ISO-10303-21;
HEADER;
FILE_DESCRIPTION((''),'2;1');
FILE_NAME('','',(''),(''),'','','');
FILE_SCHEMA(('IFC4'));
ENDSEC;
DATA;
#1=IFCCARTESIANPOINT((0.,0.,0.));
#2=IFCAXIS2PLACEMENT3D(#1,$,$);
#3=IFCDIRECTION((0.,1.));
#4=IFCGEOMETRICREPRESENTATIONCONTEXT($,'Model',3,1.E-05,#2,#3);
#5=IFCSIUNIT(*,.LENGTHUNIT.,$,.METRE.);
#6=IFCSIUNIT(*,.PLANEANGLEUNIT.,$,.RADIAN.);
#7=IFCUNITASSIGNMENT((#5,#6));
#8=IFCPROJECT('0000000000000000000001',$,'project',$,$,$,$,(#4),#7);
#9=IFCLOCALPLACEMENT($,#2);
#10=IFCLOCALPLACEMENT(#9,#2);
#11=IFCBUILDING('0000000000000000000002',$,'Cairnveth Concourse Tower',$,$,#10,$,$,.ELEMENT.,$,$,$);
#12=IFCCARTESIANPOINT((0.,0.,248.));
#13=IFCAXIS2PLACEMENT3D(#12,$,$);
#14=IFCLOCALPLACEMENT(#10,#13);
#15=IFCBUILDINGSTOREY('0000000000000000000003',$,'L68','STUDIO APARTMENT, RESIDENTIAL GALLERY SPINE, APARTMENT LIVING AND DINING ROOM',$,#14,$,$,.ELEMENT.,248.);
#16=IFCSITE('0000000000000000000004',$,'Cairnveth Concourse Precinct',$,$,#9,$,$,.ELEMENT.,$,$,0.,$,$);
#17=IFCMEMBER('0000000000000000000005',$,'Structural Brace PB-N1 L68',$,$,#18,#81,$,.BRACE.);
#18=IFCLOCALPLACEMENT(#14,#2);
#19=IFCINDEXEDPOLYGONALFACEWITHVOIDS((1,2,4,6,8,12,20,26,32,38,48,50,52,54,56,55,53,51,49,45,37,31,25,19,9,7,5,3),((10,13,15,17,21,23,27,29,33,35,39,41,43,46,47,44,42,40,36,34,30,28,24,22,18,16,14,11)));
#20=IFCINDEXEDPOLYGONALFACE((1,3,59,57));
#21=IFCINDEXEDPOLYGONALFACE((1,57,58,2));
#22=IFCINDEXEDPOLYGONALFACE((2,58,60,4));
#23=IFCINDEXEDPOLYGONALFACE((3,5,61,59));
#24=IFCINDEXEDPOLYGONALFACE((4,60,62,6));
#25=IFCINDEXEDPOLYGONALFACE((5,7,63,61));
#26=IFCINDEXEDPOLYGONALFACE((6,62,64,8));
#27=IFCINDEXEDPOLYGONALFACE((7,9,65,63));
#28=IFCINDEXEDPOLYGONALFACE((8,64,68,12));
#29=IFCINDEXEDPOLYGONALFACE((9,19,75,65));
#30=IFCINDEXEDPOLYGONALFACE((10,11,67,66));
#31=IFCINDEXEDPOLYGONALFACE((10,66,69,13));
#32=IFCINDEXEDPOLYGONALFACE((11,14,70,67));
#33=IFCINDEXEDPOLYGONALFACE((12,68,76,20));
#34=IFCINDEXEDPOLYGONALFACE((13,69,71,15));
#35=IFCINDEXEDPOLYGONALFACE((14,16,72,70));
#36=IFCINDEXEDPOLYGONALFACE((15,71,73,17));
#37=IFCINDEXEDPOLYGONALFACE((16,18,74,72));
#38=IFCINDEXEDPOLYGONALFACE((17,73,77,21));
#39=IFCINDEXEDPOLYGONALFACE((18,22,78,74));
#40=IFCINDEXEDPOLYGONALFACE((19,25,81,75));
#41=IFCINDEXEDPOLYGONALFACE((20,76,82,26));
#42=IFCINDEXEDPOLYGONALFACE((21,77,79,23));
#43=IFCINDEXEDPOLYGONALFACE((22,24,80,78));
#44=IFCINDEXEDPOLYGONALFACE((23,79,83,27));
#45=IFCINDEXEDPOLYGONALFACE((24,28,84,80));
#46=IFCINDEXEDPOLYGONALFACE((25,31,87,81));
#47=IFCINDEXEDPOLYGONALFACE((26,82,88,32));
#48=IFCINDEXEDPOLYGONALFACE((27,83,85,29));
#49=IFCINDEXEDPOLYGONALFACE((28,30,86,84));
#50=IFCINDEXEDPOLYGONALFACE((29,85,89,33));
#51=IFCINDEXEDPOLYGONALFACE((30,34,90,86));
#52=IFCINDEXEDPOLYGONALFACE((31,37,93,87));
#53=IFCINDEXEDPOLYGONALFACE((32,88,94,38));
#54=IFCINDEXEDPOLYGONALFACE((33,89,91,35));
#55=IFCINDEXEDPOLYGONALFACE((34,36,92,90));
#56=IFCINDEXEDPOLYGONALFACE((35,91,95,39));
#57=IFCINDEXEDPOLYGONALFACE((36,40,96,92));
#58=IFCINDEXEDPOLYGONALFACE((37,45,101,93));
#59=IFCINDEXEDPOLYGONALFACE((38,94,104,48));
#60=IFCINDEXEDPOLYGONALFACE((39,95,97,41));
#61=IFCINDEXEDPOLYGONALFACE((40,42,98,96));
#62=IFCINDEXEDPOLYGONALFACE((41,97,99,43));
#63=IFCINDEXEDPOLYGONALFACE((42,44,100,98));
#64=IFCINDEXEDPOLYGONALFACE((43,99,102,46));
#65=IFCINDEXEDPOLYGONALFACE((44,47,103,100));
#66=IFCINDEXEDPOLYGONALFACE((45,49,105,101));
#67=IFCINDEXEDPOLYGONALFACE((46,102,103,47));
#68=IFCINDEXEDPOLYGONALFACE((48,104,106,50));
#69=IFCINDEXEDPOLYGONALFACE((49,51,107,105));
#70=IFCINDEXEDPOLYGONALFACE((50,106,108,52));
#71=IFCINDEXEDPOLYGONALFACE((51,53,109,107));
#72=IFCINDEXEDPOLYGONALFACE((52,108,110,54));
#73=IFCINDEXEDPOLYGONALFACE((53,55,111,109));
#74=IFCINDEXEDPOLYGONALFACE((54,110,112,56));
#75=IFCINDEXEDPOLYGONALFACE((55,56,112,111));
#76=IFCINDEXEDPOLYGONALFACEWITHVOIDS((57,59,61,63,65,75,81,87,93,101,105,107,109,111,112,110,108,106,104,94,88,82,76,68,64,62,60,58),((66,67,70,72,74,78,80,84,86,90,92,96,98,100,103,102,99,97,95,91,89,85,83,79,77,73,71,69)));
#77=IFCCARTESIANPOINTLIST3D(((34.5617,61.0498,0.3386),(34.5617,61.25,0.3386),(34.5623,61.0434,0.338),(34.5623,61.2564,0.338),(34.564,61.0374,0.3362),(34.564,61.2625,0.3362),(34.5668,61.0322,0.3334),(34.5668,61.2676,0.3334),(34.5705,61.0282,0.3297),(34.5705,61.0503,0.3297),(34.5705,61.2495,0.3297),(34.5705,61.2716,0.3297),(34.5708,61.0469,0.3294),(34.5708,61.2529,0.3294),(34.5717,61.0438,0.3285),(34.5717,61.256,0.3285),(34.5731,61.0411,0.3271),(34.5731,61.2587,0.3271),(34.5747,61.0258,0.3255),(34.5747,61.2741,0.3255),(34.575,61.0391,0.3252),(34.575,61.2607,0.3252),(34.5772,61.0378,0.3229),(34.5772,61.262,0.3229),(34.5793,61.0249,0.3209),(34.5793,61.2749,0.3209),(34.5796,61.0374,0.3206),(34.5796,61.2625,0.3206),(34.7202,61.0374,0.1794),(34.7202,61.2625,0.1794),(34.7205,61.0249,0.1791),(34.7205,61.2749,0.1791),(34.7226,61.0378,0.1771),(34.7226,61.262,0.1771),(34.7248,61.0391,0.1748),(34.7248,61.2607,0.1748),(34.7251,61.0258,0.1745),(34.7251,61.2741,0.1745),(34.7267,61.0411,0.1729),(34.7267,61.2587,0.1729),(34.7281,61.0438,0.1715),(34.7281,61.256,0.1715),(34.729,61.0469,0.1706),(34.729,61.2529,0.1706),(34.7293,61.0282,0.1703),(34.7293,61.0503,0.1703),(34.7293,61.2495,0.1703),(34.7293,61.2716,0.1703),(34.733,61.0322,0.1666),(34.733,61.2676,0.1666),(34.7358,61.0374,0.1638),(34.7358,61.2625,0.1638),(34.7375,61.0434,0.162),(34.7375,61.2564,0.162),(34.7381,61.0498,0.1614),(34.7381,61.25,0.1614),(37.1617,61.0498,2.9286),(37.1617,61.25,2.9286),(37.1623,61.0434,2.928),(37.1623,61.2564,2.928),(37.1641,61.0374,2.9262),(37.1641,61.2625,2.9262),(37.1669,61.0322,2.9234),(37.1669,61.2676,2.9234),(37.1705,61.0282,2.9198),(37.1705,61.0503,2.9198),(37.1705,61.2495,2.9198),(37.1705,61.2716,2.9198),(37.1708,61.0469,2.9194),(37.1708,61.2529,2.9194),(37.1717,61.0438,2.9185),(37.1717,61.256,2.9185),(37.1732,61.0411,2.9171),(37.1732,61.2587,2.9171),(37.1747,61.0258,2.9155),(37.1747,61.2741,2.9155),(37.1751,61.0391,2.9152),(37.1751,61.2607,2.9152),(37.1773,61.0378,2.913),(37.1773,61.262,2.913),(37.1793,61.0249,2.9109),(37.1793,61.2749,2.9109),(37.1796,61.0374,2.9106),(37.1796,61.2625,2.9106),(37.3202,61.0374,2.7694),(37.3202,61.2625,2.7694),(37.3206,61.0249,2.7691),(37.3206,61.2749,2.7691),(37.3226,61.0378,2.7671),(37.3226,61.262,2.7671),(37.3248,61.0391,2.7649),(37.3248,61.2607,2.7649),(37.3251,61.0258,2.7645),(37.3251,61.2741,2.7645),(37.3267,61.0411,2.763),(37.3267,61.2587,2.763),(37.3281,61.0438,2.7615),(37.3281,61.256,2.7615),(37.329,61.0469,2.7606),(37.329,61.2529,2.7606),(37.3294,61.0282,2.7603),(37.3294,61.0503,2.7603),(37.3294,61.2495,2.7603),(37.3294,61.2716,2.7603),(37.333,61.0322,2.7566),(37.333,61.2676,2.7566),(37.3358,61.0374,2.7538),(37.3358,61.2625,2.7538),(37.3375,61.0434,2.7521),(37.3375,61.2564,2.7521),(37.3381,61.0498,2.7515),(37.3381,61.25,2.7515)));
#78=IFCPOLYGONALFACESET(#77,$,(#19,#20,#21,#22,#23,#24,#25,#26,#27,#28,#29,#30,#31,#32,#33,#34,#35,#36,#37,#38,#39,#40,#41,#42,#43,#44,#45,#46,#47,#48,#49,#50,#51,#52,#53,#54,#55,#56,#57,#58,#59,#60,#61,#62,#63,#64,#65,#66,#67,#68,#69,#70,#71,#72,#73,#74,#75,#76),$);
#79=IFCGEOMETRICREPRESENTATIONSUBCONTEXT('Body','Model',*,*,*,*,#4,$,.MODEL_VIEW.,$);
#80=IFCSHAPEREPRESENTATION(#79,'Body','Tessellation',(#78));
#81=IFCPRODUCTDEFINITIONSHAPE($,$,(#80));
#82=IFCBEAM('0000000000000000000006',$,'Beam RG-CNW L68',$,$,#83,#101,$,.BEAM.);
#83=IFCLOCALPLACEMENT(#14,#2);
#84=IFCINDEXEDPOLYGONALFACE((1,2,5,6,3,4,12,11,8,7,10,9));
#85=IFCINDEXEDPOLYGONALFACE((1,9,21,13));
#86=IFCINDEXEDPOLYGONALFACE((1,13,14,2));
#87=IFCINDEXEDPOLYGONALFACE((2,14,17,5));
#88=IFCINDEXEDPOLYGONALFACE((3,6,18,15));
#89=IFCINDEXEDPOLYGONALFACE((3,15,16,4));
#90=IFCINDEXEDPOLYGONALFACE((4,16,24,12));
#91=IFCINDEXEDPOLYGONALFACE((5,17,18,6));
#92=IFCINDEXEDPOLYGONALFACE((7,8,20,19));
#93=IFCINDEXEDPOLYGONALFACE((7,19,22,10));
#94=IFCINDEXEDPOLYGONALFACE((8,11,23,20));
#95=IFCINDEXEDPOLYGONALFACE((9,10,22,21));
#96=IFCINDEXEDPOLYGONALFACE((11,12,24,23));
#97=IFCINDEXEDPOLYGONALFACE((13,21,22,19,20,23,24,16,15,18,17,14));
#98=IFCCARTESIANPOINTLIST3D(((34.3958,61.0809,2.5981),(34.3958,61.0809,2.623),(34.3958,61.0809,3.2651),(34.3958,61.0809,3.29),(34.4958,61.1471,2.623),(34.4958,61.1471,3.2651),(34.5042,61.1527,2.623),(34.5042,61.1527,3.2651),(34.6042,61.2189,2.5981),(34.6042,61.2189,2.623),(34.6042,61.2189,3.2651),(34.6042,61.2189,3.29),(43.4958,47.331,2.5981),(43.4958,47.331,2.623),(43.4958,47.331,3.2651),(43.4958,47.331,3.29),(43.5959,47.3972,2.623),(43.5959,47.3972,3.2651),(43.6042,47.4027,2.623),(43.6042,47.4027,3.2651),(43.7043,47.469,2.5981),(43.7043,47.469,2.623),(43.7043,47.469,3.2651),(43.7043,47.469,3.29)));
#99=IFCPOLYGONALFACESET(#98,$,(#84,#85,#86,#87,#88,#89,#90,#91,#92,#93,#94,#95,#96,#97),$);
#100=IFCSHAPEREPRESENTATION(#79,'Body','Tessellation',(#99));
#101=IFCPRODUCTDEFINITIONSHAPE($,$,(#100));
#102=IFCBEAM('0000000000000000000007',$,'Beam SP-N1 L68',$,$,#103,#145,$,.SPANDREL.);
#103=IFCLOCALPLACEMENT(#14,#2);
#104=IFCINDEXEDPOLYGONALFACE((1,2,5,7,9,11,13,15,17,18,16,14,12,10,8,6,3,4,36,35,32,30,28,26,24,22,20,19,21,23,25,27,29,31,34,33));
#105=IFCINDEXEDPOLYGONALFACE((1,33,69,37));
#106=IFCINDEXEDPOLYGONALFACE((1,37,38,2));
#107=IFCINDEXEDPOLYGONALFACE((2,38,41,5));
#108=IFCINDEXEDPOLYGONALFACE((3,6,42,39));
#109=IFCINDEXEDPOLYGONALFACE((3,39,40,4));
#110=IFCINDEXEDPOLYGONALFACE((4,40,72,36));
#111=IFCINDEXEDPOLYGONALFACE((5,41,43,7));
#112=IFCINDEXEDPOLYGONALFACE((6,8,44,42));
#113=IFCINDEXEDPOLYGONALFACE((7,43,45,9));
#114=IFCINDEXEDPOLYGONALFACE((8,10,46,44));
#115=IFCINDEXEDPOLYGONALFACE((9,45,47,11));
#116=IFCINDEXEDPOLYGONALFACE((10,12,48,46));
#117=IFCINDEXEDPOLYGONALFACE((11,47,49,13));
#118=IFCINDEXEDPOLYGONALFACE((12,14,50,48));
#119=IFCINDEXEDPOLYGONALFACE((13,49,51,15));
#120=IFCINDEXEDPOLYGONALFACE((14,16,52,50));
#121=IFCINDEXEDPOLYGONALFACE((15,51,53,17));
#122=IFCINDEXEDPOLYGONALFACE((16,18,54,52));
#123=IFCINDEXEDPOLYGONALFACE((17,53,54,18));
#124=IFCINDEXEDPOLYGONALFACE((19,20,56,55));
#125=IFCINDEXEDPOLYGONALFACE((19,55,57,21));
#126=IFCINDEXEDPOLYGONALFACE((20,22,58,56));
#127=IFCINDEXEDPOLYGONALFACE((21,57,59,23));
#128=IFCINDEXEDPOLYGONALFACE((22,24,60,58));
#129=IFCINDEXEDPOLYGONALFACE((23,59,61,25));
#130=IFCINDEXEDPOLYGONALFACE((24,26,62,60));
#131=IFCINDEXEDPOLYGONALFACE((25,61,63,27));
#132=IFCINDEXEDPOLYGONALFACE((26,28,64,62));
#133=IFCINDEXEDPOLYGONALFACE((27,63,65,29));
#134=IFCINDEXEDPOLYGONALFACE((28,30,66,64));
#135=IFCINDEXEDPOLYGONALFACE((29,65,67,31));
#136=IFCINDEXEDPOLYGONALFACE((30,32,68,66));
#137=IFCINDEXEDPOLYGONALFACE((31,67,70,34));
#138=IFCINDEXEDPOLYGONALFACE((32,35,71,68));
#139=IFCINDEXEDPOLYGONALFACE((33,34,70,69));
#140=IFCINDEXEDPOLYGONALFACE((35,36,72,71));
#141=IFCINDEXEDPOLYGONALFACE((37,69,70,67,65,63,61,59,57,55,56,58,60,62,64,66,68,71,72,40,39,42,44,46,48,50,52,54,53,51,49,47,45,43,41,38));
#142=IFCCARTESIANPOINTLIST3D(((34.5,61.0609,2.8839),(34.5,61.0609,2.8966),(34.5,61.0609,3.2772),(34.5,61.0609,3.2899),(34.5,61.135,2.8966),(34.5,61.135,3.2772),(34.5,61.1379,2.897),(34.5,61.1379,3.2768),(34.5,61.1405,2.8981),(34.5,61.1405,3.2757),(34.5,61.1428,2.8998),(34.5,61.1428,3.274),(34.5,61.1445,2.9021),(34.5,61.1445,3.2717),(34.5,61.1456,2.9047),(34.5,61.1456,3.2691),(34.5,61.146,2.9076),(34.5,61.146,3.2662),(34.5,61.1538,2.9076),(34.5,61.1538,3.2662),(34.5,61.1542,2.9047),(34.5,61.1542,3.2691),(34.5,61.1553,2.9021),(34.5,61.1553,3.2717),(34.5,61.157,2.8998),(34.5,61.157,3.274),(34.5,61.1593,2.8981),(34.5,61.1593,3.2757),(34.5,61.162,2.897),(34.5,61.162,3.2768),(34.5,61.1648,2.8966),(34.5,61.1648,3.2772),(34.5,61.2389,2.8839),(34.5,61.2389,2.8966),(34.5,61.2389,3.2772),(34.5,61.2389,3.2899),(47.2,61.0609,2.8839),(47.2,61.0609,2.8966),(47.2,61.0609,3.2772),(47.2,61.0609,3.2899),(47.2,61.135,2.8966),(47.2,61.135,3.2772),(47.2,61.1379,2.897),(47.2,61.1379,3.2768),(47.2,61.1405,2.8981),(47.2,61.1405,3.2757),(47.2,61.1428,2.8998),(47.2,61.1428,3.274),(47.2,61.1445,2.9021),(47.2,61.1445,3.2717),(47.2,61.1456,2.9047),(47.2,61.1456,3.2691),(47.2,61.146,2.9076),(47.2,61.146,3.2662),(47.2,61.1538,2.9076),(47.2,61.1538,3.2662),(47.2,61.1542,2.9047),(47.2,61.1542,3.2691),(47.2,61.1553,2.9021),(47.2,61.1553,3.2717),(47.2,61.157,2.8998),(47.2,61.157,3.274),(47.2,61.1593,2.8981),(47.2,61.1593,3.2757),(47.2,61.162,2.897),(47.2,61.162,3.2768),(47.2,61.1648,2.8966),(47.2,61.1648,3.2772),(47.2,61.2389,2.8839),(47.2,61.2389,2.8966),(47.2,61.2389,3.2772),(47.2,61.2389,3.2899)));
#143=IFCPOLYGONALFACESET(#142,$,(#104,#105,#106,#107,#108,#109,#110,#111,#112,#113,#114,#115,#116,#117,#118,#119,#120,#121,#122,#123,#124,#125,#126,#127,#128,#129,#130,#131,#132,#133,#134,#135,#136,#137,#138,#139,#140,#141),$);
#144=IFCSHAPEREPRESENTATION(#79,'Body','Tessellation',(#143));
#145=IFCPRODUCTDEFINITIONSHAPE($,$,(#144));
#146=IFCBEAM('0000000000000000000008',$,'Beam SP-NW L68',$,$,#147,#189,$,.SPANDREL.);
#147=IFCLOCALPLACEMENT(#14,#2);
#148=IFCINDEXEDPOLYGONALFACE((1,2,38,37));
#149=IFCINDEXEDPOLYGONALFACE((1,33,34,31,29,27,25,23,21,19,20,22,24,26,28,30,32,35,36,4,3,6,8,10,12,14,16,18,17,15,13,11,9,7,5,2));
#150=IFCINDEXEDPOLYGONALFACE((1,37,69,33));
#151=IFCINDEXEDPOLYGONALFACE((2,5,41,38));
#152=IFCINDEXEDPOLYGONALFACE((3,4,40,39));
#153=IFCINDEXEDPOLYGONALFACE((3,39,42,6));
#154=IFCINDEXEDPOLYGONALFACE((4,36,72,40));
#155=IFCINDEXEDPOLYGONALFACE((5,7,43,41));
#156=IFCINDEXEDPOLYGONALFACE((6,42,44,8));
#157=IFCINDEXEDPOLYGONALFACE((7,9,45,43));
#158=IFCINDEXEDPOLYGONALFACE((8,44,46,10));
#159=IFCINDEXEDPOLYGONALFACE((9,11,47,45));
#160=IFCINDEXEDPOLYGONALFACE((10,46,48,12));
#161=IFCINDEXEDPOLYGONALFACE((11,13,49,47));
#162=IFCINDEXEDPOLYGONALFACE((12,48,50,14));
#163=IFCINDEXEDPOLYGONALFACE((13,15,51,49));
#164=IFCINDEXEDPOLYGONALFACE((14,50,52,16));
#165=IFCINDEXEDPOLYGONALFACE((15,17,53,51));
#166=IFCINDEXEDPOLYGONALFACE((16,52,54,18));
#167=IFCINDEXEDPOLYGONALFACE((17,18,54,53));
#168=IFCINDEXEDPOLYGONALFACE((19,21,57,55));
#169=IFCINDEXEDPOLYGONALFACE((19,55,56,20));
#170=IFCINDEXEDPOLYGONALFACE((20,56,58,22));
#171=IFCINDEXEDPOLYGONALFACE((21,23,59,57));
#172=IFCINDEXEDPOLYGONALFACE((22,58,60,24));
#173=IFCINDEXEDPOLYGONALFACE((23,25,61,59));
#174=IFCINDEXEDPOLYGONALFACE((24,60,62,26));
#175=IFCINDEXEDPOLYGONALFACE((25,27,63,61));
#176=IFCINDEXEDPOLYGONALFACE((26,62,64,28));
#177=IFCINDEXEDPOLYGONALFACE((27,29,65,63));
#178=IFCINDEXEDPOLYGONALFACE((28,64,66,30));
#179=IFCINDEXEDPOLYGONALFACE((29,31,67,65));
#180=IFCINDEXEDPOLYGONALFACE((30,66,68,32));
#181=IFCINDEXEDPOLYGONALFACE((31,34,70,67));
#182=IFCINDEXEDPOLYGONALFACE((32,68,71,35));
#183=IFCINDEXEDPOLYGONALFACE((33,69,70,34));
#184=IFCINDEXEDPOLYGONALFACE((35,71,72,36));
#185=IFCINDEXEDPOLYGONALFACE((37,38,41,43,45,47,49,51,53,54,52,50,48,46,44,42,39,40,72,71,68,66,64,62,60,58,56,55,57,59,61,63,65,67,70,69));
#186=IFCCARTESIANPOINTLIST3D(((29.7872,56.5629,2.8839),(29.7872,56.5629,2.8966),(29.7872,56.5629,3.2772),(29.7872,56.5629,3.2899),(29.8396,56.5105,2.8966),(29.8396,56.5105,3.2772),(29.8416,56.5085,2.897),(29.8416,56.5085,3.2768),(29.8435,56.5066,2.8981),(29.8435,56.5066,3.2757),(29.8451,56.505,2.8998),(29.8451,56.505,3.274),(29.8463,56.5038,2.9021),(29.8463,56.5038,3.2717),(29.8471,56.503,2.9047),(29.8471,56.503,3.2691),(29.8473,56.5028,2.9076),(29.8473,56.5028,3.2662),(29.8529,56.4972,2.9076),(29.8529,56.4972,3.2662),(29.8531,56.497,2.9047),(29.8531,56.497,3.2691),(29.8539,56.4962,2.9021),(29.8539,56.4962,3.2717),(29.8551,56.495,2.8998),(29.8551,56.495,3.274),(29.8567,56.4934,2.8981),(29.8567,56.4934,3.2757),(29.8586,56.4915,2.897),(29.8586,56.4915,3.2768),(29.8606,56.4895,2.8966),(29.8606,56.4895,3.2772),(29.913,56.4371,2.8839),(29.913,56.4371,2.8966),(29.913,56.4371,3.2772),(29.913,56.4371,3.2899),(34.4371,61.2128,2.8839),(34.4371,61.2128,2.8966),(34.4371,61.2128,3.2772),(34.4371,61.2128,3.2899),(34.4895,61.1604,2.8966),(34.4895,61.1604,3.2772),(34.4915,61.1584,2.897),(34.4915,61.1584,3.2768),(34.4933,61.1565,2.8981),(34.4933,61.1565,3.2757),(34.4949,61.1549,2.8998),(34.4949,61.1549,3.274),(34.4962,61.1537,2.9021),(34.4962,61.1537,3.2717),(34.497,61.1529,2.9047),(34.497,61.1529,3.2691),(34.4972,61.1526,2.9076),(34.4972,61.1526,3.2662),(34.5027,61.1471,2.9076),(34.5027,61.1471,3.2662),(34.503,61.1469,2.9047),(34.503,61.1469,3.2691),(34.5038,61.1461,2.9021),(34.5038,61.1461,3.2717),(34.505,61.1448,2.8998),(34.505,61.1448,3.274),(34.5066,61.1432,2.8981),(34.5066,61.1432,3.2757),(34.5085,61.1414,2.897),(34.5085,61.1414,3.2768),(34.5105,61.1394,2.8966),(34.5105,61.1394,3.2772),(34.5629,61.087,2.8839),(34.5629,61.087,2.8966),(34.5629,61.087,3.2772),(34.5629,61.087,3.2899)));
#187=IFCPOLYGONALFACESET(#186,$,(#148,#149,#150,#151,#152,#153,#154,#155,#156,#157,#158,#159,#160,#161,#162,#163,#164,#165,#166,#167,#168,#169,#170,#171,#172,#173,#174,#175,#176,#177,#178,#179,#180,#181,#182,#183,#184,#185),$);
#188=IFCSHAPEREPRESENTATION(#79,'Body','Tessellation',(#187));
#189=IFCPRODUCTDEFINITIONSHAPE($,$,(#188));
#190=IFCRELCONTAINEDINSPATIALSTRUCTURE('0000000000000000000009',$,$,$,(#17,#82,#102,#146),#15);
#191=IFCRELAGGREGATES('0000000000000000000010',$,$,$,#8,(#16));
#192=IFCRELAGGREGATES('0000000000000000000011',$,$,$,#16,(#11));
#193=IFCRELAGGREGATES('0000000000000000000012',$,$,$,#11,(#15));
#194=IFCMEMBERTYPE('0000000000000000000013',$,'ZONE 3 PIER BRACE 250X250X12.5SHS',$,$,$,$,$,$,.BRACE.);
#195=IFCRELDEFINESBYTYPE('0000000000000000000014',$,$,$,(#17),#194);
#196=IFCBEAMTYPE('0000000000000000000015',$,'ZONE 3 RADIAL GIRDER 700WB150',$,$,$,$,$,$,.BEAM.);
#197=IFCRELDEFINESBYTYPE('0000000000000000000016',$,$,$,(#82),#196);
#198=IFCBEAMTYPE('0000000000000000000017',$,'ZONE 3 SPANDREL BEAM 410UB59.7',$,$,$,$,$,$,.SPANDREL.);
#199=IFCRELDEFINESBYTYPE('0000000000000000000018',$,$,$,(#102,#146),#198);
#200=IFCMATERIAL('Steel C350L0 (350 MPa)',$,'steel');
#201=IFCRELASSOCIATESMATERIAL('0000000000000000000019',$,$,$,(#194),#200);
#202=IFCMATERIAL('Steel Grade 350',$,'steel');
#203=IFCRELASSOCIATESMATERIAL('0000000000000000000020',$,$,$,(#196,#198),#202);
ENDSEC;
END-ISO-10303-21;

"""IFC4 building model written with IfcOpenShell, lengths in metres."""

from ifc_helpers import new_model, si_unit, direction, frame, origin, origin_2d, place, context, subcontext, project, spatial, hollow_rectangle, i_section, extrude, material, material_profile, profile_set, type_object, element, save


model = new_model("IFC4")

# Units and contexts
model_context = context("Model", 3, precision=1e-05, world=origin(), true_north=direction((0.0, 1.0)))
body_context = subcontext(model_context, "Body", "Model", "MODEL_VIEW")
ifc_project = project(units=[si_unit("LENGTHUNIT", "METRE"), si_unit("PLANEANGLEUNIT", "RADIAN")], contexts=[model_context])

# Site, building, storey
site_placement = place(None, origin())
site = spatial("IfcSite", under=ifc_project, at=site_placement, Name="Cairnveth Concourse Precinct", CompositionType="ELEMENT", RefElevation=0.0)
building_placement = place(site_placement, origin())
building = spatial("IfcBuilding", under=site, at=building_placement, Name="Cairnveth Concourse Tower", CompositionType="ELEMENT")
storey_placement = place(building_placement, frame((0.0, 0.0, 248.0)))
storey = spatial("IfcBuildingStorey", under=building, at=storey_placement, Name="L68", Description="STUDIO APARTMENT, RESIDENTIAL GALLERY SPINE, APARTMENT LIVING AND DINING ROOM", CompositionType="ELEMENT", Elevation=248.0)

# Shared definitions
ifc_material_1 = material(Name="Steel Grade 350", Category="steel")

# Member
ifc_material_2 = material(Name="Steel C350L0 (350 MPa)", Category="steel")
ifc_material_profile_1 = material_profile(ifc_material_2, hollow_rectangle(XDim=0.25, YDim=0.25, WallThickness=0.0125, InnerFilletRadius=0.0129, OuterFilletRadius=0.0249, at=origin_2d()), Name="250x250x12.5SHS")
ifc_profile_set_1 = profile_set([ifc_material_profile_1], Name="Steel C350L0 (350 MPa)")
member_type = type_object("IfcMemberType", Name="ZONE 3 PIER BRACE 250X250X12.5SHS", PredefinedType="BRACE", material=ifc_profile_set_1)
member_placement = place(storey_placement, frame((34.6499, 61.1499, 0.25), z_axis=(0.708469, 0.0, 0.705742), x_axis=(0.0, 1.0, 0.0)))
element("IfcMember", 1, at=member_placement, inside=storey, type_object=member_type, Name="Structural Brace PB-N1 L68", PredefinedType="BRACE", context=body_context, shape_type="SweptSolid", body=[
    extrude(hollow_rectangle(XDim=0.25, YDim=0.25, WallThickness=0.0125, InnerFilletRadius=0.0129, OuterFilletRadius=0.0249, at=origin_2d()), origin(), (0.0, 0.0, 1.0), 3.6699),
])

# Beams
ifc_material_profile_2 = material_profile(ifc_material_1, i_section(OverallWidth=0.25, OverallDepth=0.6919, WebThickness=0.01, FlangeThickness=0.0249, at=origin_2d()), Name="700WB150")
ifc_profile_set_2 = profile_set([ifc_material_profile_2], Name="Steel Grade 350")
beam_type_1 = type_object("IfcBeamType", Name="ZONE 3 RADIAL GIRDER 700WB150", PredefinedType="BEAM", material=ifc_profile_set_2)
beam_1_placement = place(storey_placement, frame((34.5, 61.1499, 2.9441), z_axis=(0.551902, -0.833909, 0.0), x_axis=(0.833909, 0.551902, 0.0)))
element("IfcBeam", 2, at=beam_1_placement, inside=storey, type_object=beam_type_1, Name="Beam RG-CNW L68", PredefinedType="BEAM", context=body_context, shape_type="SweptSolid", body=[
    extrude(i_section(OverallWidth=0.25, OverallDepth=0.6919, WebThickness=0.01, FlangeThickness=0.0249, at=origin_2d()), origin(), (0.0, 0.0, 1.0), 16.4885),
])
ifc_material_profile_3 = material_profile(ifc_material_1, i_section(OverallWidth=0.178, OverallDepth=0.406, WebThickness=0.0078, FlangeThickness=0.0127, FilletRadius=0.011, at=origin_2d()), Name="410UB59.7")
ifc_profile_set_3 = profile_set([ifc_material_profile_3], Name="Steel Grade 350")
beam_type_2 = type_object("IfcBeamType", Name="ZONE 3 SPANDREL BEAM 410UB59.7", PredefinedType="SPANDREL", material=ifc_profile_set_3)
beam_2_placement = place(storey_placement, frame((34.5, 61.1499, 3.0869), z_axis=(1.0, 0.0, 0.0), x_axis=(0.0, 1.0, 0.0)))
element("IfcBeam", 3, at=beam_2_placement, inside=storey, type_object=beam_type_2, Name="Beam SP-N1 L68", PredefinedType="SPANDREL", context=body_context, shape_type="SweptSolid", body=[
    extrude(i_section(OverallWidth=0.178, OverallDepth=0.406, WebThickness=0.0078, FlangeThickness=0.0127, FilletRadius=0.011, at=origin_2d()), origin(), (0.0, 0.0, 1.0), 12.7),
])
beam_3_placement = place(storey_placement, frame((29.8501, 56.5, 3.0869), z_axis=(0.707107, 0.707107, 0.0), x_axis=(-0.707107, 0.707107, 0.0)))
element("IfcBeam", 4, at=beam_3_placement, inside=storey, type_object=beam_type_2, Name="Beam SP-NW L68", PredefinedType="SPANDREL", context=body_context, shape_type="SweptSolid", body=[
    extrude(i_section(OverallWidth=0.178, OverallDepth=0.406, WebThickness=0.0078, FlangeThickness=0.0127, FilletRadius=0.011, at=origin_2d()), origin(), (0.0, 0.0, 1.0), 6.5759),
])

save(model, "model.ifc")
